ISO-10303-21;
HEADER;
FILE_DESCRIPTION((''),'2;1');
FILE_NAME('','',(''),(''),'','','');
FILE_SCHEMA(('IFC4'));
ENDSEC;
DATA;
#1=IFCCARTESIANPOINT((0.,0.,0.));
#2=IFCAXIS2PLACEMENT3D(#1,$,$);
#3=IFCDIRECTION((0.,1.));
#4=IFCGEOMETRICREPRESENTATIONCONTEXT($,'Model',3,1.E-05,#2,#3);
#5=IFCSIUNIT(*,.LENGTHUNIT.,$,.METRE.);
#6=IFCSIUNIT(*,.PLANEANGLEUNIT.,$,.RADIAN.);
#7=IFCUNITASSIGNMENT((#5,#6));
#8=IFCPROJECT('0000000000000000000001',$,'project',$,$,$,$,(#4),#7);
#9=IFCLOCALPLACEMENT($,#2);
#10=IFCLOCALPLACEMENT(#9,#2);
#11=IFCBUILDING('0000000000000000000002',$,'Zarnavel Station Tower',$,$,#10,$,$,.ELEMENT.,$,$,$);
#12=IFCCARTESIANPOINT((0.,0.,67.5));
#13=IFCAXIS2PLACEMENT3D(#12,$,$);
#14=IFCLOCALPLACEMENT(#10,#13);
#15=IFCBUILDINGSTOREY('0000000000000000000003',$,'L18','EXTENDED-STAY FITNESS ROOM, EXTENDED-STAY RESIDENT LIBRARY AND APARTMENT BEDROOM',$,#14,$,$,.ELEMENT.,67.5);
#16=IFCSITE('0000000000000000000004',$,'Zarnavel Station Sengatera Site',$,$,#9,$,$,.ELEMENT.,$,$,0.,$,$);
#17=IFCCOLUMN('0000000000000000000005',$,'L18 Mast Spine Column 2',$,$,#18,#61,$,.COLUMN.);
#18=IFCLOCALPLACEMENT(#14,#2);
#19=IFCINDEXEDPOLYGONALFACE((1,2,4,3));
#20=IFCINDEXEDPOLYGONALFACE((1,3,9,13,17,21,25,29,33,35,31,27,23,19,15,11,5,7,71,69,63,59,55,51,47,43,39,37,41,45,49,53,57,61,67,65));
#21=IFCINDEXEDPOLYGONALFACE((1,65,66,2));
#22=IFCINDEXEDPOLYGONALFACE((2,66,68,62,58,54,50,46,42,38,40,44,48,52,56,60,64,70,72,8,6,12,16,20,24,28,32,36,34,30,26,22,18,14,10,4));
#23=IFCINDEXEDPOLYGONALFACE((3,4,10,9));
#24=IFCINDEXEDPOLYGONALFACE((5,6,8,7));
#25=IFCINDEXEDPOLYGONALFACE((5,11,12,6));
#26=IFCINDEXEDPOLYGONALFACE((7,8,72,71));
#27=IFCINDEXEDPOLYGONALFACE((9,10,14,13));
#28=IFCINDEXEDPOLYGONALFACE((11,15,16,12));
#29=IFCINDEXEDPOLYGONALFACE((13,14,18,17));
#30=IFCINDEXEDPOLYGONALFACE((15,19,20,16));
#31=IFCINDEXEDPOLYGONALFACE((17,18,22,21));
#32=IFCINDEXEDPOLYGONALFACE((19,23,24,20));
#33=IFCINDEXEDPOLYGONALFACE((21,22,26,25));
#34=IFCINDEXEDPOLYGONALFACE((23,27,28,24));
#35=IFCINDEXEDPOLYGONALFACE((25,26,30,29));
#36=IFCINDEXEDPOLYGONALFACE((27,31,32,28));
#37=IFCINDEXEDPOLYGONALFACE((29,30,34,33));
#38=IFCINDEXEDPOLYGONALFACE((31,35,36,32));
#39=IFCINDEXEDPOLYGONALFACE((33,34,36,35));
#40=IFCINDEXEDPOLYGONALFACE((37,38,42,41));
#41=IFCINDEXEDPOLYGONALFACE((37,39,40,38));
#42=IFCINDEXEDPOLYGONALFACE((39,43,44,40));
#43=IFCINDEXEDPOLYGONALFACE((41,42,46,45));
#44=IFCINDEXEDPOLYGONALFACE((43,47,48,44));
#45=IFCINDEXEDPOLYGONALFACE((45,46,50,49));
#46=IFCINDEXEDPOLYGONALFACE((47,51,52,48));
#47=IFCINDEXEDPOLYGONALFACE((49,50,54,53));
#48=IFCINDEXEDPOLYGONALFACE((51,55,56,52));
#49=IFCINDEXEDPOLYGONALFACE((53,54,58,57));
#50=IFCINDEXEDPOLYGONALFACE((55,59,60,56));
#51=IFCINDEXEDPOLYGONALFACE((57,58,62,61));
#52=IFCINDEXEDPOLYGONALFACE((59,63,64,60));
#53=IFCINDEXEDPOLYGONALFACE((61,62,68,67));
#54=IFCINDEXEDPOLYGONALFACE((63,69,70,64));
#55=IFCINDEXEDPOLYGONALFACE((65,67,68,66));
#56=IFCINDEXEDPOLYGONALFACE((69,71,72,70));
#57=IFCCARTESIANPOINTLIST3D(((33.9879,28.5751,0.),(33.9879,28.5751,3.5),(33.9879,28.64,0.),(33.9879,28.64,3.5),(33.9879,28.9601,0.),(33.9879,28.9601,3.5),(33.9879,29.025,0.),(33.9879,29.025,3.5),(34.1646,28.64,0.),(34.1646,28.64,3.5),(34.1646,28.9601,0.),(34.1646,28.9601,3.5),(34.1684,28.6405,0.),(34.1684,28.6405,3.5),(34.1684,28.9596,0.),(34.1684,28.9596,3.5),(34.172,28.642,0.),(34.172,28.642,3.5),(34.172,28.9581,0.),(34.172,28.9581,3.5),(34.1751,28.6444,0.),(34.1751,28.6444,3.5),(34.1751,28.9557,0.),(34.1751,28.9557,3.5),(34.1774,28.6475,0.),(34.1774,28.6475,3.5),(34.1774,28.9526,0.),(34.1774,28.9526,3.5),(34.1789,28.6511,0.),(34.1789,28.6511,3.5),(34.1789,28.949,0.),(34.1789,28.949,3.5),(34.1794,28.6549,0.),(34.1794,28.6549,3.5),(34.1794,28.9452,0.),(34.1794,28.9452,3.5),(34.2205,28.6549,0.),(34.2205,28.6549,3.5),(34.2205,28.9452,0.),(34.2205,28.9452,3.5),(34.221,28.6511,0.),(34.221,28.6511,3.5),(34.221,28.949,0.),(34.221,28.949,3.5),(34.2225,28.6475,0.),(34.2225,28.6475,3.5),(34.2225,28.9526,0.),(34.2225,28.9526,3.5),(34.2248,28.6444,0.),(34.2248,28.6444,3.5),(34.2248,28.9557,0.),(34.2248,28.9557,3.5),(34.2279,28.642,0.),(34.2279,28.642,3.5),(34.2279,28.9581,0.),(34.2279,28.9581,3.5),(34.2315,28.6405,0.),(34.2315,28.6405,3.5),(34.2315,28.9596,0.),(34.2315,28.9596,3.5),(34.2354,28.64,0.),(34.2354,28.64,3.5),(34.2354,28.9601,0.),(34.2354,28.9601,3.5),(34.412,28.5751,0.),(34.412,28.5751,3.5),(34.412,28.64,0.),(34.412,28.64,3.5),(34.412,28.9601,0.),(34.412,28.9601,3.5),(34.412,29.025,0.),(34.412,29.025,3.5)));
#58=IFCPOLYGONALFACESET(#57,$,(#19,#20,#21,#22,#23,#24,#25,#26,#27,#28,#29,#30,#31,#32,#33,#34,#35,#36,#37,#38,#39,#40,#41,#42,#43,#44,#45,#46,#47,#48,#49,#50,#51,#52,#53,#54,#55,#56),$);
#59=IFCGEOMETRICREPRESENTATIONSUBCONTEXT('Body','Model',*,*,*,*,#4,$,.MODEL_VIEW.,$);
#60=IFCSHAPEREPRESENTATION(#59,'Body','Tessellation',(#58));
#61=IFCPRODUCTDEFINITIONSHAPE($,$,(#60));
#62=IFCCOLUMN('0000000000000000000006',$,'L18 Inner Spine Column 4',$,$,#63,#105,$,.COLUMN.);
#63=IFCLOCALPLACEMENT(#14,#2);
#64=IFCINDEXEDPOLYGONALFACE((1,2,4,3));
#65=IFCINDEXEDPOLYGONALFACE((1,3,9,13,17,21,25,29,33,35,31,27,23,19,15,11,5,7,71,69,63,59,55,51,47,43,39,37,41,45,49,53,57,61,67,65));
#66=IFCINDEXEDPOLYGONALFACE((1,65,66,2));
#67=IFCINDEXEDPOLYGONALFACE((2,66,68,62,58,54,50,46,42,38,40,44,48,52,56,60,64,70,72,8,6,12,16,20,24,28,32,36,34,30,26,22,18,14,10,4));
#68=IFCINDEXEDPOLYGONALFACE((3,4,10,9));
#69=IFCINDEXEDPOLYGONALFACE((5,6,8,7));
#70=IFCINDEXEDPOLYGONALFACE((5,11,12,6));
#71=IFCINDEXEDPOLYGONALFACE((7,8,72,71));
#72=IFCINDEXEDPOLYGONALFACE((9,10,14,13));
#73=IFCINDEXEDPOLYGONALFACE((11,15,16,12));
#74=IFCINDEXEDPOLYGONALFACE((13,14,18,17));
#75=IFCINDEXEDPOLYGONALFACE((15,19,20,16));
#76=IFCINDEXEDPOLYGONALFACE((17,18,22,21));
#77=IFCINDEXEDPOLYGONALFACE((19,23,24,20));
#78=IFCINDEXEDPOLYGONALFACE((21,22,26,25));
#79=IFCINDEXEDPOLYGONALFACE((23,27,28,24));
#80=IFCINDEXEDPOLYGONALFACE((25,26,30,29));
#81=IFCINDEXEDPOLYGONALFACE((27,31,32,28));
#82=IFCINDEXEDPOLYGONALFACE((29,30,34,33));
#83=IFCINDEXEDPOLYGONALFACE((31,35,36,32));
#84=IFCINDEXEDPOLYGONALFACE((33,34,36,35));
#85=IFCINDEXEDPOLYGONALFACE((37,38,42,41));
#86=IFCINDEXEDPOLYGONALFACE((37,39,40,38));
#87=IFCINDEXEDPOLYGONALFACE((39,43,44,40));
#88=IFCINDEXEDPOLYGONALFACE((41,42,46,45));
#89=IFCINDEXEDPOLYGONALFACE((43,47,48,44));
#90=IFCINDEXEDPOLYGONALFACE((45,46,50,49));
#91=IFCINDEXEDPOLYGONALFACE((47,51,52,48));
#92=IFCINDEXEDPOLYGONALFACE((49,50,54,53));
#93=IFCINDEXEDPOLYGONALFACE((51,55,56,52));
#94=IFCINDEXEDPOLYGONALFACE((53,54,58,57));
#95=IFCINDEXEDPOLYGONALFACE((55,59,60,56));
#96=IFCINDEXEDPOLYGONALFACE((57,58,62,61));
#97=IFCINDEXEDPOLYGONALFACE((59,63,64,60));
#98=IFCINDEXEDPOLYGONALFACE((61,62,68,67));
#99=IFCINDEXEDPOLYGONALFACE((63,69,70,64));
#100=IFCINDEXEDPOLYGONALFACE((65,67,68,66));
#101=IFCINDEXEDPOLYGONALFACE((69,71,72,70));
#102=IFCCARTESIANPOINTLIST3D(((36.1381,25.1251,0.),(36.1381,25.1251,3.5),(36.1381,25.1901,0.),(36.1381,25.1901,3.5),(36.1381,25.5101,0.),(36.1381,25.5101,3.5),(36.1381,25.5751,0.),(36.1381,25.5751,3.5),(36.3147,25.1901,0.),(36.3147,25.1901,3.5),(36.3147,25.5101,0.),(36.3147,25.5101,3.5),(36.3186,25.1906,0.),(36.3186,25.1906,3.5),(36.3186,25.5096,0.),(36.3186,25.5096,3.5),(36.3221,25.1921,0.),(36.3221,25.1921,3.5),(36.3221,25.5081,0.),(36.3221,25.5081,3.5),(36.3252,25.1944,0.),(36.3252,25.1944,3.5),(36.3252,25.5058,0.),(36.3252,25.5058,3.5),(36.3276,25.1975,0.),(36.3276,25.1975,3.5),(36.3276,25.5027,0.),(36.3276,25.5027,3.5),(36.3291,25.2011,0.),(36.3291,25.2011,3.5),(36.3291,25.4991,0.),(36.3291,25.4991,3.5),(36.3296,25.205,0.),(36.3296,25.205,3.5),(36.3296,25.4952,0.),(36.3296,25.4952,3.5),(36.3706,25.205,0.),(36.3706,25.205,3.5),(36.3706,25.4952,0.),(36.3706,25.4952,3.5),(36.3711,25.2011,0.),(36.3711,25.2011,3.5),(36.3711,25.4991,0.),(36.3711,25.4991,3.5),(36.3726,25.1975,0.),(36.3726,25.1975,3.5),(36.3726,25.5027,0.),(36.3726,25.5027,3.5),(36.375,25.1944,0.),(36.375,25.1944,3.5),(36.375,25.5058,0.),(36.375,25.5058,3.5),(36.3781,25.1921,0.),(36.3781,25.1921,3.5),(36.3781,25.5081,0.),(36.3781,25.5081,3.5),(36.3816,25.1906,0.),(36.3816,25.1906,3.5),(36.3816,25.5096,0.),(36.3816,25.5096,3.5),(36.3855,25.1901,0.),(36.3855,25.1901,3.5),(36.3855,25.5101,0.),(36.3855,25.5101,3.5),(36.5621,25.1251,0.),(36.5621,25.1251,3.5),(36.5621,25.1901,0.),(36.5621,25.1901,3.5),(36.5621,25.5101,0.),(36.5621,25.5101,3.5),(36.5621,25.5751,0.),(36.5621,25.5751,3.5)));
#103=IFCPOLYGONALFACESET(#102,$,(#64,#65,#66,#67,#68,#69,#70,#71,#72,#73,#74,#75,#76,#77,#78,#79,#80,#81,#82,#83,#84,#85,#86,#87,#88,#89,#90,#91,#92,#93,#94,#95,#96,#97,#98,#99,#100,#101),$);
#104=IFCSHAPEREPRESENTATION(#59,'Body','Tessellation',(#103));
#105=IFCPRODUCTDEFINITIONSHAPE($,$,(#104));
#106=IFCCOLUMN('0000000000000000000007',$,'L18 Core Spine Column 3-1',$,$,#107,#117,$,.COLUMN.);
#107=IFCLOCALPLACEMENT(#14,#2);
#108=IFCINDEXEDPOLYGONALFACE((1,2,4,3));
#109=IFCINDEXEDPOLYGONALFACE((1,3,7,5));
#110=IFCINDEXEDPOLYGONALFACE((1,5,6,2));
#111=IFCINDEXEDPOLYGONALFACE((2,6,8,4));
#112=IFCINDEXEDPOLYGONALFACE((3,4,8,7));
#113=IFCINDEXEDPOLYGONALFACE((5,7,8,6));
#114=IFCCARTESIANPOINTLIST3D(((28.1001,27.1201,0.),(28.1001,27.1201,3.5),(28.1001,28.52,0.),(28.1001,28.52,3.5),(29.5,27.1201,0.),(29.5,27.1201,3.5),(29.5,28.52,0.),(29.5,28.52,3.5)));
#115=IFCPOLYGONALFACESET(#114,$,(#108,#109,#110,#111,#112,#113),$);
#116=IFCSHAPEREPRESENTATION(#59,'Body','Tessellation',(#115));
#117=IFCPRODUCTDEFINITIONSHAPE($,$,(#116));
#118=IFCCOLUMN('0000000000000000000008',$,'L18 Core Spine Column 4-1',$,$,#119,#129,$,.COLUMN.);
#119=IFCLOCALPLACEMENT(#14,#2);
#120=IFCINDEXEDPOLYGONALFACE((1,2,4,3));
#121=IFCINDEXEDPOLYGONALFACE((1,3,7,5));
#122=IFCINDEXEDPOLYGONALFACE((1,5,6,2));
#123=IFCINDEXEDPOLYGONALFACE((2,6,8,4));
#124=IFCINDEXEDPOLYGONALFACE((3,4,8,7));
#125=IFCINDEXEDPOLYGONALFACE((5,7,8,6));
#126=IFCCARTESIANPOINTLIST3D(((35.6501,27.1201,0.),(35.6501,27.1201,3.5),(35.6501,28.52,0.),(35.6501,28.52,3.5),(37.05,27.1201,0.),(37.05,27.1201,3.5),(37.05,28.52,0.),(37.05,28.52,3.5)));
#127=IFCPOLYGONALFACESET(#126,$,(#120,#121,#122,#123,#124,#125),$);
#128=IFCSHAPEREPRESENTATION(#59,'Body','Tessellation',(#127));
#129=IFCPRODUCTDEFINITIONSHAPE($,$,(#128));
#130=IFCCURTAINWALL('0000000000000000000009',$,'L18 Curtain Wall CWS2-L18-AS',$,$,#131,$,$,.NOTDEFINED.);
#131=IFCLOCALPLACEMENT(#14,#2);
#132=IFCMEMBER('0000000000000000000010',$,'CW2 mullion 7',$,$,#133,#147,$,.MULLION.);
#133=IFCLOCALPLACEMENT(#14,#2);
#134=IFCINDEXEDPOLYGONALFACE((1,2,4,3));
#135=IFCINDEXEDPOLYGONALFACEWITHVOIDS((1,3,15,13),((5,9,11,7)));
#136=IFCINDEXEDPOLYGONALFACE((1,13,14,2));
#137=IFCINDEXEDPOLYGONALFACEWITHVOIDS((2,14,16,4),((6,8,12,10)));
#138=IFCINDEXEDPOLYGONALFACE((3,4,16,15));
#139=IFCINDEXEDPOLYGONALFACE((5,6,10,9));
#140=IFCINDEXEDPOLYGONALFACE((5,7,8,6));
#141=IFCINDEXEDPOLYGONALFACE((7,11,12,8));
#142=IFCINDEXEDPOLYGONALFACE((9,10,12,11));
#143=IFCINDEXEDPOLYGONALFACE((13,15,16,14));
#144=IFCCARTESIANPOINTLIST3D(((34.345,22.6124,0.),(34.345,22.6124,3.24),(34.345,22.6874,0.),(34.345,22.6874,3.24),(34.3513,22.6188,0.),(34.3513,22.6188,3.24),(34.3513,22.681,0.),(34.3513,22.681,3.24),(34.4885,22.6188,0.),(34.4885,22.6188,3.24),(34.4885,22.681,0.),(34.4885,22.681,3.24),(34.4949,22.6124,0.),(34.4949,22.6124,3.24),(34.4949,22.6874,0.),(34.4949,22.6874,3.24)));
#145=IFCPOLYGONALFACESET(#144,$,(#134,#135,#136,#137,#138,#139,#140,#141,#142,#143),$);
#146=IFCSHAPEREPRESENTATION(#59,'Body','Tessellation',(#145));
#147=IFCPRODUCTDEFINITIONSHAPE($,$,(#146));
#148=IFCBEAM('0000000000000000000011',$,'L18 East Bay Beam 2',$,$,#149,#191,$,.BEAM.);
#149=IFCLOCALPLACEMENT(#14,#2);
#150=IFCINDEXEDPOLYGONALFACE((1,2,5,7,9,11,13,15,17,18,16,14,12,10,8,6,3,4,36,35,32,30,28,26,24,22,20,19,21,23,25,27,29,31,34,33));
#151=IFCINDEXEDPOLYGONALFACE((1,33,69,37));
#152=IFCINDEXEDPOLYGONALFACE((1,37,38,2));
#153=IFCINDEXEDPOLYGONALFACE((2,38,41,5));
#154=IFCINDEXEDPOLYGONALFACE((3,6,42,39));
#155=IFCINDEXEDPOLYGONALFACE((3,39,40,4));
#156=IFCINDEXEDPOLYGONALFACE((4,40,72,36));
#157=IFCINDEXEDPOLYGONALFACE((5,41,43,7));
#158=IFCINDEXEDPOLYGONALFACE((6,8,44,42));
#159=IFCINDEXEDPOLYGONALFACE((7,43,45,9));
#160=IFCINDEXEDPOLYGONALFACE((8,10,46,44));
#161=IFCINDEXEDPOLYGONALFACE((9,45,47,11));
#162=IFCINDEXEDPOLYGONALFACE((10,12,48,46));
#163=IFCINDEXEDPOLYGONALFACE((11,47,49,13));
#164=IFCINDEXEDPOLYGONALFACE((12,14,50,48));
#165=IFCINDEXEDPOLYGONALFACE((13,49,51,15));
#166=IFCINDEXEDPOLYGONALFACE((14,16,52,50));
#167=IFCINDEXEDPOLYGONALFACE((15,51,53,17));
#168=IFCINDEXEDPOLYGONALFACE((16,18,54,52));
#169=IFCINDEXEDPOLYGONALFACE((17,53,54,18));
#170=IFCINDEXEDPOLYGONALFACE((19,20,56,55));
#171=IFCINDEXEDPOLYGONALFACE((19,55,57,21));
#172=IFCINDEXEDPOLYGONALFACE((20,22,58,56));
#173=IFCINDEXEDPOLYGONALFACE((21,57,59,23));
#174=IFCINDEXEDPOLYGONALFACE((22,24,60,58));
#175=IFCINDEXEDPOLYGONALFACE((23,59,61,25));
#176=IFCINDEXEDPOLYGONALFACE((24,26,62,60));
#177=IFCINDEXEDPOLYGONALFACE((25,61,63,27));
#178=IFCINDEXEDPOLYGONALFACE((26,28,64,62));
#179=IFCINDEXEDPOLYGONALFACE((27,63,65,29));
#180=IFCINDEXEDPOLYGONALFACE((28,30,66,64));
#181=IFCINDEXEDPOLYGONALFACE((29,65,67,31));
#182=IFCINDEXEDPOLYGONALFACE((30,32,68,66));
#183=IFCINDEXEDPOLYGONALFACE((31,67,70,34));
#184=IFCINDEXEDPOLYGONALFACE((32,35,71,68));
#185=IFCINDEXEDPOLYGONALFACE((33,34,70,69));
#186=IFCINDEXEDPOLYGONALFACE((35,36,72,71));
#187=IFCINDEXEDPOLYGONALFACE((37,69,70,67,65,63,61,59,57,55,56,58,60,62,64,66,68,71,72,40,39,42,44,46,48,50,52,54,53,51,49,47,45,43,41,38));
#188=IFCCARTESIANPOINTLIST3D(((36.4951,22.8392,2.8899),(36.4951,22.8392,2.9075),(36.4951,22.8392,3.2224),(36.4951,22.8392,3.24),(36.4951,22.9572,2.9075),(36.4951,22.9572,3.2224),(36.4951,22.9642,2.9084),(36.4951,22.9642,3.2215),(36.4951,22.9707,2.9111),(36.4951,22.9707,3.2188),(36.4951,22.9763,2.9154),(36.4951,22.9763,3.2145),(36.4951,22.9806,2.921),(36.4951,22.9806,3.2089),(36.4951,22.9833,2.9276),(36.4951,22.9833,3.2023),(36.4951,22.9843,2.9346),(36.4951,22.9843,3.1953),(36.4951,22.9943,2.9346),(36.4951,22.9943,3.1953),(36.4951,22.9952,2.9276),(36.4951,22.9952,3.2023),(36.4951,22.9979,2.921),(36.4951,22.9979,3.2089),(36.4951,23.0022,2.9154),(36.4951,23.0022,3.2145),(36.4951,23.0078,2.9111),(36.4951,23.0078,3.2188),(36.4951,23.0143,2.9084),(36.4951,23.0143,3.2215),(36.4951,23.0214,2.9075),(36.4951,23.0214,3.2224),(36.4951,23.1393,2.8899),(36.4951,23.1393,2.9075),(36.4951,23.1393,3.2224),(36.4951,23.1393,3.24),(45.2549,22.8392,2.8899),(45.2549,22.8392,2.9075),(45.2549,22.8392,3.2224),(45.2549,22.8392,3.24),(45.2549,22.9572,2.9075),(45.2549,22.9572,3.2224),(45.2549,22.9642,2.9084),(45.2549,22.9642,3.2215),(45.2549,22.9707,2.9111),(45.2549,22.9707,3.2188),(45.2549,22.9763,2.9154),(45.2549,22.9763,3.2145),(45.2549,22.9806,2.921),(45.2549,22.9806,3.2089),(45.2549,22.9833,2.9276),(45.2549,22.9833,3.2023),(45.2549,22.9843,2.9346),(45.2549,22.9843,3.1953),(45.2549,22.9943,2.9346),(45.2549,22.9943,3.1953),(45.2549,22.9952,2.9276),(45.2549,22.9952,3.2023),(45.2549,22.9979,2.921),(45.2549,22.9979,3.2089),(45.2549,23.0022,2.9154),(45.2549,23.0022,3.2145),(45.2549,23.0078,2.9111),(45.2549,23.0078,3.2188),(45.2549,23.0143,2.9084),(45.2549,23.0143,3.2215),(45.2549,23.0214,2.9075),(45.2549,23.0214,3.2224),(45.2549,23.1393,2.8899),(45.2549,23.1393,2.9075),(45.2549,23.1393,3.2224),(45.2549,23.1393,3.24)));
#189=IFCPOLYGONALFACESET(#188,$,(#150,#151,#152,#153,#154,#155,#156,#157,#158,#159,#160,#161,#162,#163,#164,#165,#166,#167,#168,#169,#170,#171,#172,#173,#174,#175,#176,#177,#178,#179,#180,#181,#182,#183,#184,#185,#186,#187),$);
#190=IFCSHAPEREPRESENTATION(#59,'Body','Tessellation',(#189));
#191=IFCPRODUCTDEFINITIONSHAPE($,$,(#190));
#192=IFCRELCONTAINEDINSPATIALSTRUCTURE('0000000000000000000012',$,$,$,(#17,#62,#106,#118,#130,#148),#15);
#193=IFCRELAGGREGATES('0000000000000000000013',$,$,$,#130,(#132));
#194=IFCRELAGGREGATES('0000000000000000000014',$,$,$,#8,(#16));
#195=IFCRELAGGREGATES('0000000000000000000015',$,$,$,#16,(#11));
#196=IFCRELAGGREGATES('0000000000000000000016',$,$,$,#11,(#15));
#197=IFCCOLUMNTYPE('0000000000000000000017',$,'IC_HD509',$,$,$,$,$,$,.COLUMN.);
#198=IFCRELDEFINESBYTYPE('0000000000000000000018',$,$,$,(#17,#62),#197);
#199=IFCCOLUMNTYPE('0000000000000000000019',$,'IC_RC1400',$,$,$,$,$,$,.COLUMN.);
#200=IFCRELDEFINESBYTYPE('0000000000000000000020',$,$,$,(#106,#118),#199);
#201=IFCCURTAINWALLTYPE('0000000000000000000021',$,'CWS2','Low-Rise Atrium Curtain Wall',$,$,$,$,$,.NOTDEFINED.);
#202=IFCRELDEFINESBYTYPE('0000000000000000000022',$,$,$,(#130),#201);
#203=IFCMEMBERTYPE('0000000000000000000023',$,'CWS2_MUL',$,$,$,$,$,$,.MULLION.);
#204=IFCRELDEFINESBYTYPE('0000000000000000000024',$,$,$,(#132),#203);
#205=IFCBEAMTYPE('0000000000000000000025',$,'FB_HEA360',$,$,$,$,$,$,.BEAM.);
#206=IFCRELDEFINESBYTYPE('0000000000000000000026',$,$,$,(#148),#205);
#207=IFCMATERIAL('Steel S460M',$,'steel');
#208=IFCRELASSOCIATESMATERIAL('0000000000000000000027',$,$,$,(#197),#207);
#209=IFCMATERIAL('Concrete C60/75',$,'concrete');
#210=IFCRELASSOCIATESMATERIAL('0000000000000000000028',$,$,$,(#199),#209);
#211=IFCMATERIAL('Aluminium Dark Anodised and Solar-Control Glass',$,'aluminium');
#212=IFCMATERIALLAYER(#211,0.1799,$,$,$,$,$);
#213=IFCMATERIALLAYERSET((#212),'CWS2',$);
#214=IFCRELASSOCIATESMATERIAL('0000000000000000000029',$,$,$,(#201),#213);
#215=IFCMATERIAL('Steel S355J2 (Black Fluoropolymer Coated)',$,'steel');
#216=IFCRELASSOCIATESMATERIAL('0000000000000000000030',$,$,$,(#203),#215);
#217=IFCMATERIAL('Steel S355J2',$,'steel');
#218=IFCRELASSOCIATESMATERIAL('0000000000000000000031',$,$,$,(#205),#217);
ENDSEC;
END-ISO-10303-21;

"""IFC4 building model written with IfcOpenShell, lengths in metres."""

from ifc_helpers import new_model, si_unit, direction, frame, origin, origin_2d, place, context, subcontext, project, spatial, rectangle, hollow_rectangle, i_section, extrude, material, layer, layer_set, material_profile, profile_set, type_object, element, aggregate, save


model = new_model("IFC4")

# Units and contexts
model_context = context("Model", 3, precision=1e-05, world=origin(), true_north=direction((0.0, 1.0)))
body_context = subcontext(model_context, "Body", "Model", "MODEL_VIEW")
ifc_project = project(units=[si_unit("LENGTHUNIT", "METRE"), si_unit("PLANEANGLEUNIT", "RADIAN")], contexts=[model_context])

# Site, building, storey
site_placement = place(None, origin())
site = spatial("IfcSite", under=ifc_project, at=site_placement, Name="Zarnavel Station Sengatera Site", CompositionType="ELEMENT", RefElevation=0.0)
building_placement = place(site_placement, origin())
building = spatial("IfcBuilding", under=site, at=building_placement, Name="Zarnavel Station Tower", CompositionType="ELEMENT")
storey_placement = place(building_placement, frame((0.0, 0.0, 67.5)))
storey = spatial("IfcBuildingStorey", under=building, at=storey_placement, Name="L18", Description="EXTENDED-STAY FITNESS ROOM, EXTENDED-STAY RESIDENT LIBRARY AND APARTMENT BEDROOM", CompositionType="ELEMENT", Elevation=67.5)

# Columns
ifc_material_1 = material(Name="Steel S460M", Category="steel")
ifc_material_profile_1 = material_profile(ifc_material_1, i_section(OverallWidth=0.4241, OverallDepth=0.45, WebThickness=0.041, FlangeThickness=0.0649, FilletRadius=0.0149, at=origin_2d()), Name="HD400x509")
ifc_profile_set_1 = profile_set([ifc_material_profile_1], Name="Steel S460M")
column_type_1 = type_object("IfcColumnType", Name="IC_HD509", PredefinedType="COLUMN", material=ifc_profile_set_1)
for number, where, z_axis, x_axis, name in (
    (1, (34.2, 28.8, 0.0), (0.0, 0.0, 1.0), (1.0, 0.0, 0.0), "L18 Mast Spine Column 2"),
    (2, (36.3501, 25.3501, 0.0), (0.0, 0.0, 1.0), (1.0, 0.0, 0.0), "L18 Inner Spine Column 4"),
):
    element("IfcColumn", number, at=place(storey_placement, frame(where, z_axis=z_axis, x_axis=x_axis)), inside=storey, type_object=column_type_1, Name=name, PredefinedType="COLUMN", context=body_context, shape_type="SweptSolid", body=[
        extrude(i_section(OverallWidth=0.4241, OverallDepth=0.45, WebThickness=0.041, FlangeThickness=0.0649, FilletRadius=0.0149, at=origin_2d()), origin(), (0.0, 0.0, 1.0), 3.5),
    ])
ifc_material_2 = material(Name="Concrete C60/75", Category="concrete")
ifc_material_profile_2 = material_profile(ifc_material_2, rectangle(XDim=1.3999, YDim=1.3999, at=origin_2d()), Name="RC1400x1400")
ifc_profile_set_2 = profile_set([ifc_material_profile_2], Name="Concrete C60/75")
column_type_2 = type_object("IfcColumnType", Name="IC_RC1400", PredefinedType="COLUMN", material=ifc_profile_set_2)
for number, where, z_axis, x_axis, name in (
    (3, (28.8, 27.8201, 0.0), (0.0, 0.0, 1.0), (1.0, 0.0, 0.0), "L18 Core Spine Column 3-1"),
    (4, (36.3501, 27.8201, 0.0), (0.0, 0.0, 1.0), (1.0, 0.0, 0.0), "L18 Core Spine Column 4-1"),
):
    element("IfcColumn", number, at=place(storey_placement, frame(where, z_axis=z_axis, x_axis=x_axis)), inside=storey, type_object=column_type_2, Name=name, PredefinedType="COLUMN", context=body_context, shape_type="SweptSolid", body=[
        extrude(rectangle(XDim=1.3999, YDim=1.3999, at=origin_2d()), origin(), (0.0, 0.0, 1.0), 3.5),
    ])

# Curtain wall, member
ifc_material_3 = material(Name="Aluminium Dark Anodised and Solar-Control Glass", Category="aluminium")
ifc_layer_1 = layer(ifc_material_3, 0.1799)
ifc_layer_set_1 = layer_set([ifc_layer_1], Name="CWS2")
curtain_wall_type = type_object("IfcCurtainWallType", Name="CWS2", Description="Low-Rise Atrium Curtain Wall", PredefinedType="NOTDEFINED", material=ifc_layer_set_1)
curtain_wall_placement = place(storey_placement, origin())
curtain_wall = element("IfcCurtainWall", 5, at=curtain_wall_placement, inside=storey, type_object=curtain_wall_type, Name="L18 Curtain Wall CWS2-L18-AS", PredefinedType="NOTDEFINED")
ifc_material_4 = material(Name="Steel S355J2 (Black Fluoropolymer Coated)", Category="steel")
ifc_material_profile_3 = material_profile(ifc_material_4, hollow_rectangle(XDim=0.075, YDim=0.1499, WallThickness=0.0063, at=origin_2d()), Name="RHS150x75x6.3")
ifc_profile_set_3 = profile_set([ifc_material_profile_3], Name="Steel S355J2 (Black Fluoropolymer Coated)")
member_type = type_object("IfcMemberType", Name="CWS2_MUL", PredefinedType="MULLION", material=ifc_profile_set_3)
member_placement = place(storey_placement, frame((34.4199, 22.6499, 0.0), z_axis=(0.0, 0.0, 1.0), x_axis=(0.0, 1.0, 0.0)))
member = element("IfcMember", 6, at=member_placement, type_object=member_type, Name="CW2 mullion 7", PredefinedType="MULLION", context=body_context, shape_type="SweptSolid", body=[
    extrude(hollow_rectangle(XDim=0.075, YDim=0.1499, WallThickness=0.0063, at=origin_2d()), origin(), (0.0, 0.0, 1.0), 3.24),
])

# Beam
ifc_material_5 = material(Name="Steel S355J2", Category="steel")
ifc_material_profile_4 = material_profile(ifc_material_5, i_section(OverallWidth=0.3, OverallDepth=0.3501, WebThickness=0.01, FlangeThickness=0.0176, FilletRadius=0.0271, at=origin_2d()), Name="HEA360")
ifc_profile_set_4 = profile_set([ifc_material_profile_4], Name="Steel S355J2")
beam_type_1 = type_object("IfcBeamType", Name="FB_HEA360", PredefinedType="BEAM", material=ifc_profile_set_4)
beam_1_placement = place(storey_placement, frame((36.4951, 22.9893, 3.0649), z_axis=(1.0, 0.0, 0.0), x_axis=(0.0, 1.0, 0.0)))
element("IfcBeam", 7, at=beam_1_placement, inside=storey, type_object=beam_type_1, Name="L18 East Bay Beam 2", PredefinedType="BEAM", context=body_context, shape_type="SweptSolid", body=[
    extrude(i_section(OverallWidth=0.3, OverallDepth=0.3501, WebThickness=0.01, FlangeThickness=0.0176, FilletRadius=0.0271, at=origin_2d()), origin(), (0.0, 0.0, 1.0), 8.7598),
])

aggregate(curtain_wall, [member])

save(model, "model.ifc")
